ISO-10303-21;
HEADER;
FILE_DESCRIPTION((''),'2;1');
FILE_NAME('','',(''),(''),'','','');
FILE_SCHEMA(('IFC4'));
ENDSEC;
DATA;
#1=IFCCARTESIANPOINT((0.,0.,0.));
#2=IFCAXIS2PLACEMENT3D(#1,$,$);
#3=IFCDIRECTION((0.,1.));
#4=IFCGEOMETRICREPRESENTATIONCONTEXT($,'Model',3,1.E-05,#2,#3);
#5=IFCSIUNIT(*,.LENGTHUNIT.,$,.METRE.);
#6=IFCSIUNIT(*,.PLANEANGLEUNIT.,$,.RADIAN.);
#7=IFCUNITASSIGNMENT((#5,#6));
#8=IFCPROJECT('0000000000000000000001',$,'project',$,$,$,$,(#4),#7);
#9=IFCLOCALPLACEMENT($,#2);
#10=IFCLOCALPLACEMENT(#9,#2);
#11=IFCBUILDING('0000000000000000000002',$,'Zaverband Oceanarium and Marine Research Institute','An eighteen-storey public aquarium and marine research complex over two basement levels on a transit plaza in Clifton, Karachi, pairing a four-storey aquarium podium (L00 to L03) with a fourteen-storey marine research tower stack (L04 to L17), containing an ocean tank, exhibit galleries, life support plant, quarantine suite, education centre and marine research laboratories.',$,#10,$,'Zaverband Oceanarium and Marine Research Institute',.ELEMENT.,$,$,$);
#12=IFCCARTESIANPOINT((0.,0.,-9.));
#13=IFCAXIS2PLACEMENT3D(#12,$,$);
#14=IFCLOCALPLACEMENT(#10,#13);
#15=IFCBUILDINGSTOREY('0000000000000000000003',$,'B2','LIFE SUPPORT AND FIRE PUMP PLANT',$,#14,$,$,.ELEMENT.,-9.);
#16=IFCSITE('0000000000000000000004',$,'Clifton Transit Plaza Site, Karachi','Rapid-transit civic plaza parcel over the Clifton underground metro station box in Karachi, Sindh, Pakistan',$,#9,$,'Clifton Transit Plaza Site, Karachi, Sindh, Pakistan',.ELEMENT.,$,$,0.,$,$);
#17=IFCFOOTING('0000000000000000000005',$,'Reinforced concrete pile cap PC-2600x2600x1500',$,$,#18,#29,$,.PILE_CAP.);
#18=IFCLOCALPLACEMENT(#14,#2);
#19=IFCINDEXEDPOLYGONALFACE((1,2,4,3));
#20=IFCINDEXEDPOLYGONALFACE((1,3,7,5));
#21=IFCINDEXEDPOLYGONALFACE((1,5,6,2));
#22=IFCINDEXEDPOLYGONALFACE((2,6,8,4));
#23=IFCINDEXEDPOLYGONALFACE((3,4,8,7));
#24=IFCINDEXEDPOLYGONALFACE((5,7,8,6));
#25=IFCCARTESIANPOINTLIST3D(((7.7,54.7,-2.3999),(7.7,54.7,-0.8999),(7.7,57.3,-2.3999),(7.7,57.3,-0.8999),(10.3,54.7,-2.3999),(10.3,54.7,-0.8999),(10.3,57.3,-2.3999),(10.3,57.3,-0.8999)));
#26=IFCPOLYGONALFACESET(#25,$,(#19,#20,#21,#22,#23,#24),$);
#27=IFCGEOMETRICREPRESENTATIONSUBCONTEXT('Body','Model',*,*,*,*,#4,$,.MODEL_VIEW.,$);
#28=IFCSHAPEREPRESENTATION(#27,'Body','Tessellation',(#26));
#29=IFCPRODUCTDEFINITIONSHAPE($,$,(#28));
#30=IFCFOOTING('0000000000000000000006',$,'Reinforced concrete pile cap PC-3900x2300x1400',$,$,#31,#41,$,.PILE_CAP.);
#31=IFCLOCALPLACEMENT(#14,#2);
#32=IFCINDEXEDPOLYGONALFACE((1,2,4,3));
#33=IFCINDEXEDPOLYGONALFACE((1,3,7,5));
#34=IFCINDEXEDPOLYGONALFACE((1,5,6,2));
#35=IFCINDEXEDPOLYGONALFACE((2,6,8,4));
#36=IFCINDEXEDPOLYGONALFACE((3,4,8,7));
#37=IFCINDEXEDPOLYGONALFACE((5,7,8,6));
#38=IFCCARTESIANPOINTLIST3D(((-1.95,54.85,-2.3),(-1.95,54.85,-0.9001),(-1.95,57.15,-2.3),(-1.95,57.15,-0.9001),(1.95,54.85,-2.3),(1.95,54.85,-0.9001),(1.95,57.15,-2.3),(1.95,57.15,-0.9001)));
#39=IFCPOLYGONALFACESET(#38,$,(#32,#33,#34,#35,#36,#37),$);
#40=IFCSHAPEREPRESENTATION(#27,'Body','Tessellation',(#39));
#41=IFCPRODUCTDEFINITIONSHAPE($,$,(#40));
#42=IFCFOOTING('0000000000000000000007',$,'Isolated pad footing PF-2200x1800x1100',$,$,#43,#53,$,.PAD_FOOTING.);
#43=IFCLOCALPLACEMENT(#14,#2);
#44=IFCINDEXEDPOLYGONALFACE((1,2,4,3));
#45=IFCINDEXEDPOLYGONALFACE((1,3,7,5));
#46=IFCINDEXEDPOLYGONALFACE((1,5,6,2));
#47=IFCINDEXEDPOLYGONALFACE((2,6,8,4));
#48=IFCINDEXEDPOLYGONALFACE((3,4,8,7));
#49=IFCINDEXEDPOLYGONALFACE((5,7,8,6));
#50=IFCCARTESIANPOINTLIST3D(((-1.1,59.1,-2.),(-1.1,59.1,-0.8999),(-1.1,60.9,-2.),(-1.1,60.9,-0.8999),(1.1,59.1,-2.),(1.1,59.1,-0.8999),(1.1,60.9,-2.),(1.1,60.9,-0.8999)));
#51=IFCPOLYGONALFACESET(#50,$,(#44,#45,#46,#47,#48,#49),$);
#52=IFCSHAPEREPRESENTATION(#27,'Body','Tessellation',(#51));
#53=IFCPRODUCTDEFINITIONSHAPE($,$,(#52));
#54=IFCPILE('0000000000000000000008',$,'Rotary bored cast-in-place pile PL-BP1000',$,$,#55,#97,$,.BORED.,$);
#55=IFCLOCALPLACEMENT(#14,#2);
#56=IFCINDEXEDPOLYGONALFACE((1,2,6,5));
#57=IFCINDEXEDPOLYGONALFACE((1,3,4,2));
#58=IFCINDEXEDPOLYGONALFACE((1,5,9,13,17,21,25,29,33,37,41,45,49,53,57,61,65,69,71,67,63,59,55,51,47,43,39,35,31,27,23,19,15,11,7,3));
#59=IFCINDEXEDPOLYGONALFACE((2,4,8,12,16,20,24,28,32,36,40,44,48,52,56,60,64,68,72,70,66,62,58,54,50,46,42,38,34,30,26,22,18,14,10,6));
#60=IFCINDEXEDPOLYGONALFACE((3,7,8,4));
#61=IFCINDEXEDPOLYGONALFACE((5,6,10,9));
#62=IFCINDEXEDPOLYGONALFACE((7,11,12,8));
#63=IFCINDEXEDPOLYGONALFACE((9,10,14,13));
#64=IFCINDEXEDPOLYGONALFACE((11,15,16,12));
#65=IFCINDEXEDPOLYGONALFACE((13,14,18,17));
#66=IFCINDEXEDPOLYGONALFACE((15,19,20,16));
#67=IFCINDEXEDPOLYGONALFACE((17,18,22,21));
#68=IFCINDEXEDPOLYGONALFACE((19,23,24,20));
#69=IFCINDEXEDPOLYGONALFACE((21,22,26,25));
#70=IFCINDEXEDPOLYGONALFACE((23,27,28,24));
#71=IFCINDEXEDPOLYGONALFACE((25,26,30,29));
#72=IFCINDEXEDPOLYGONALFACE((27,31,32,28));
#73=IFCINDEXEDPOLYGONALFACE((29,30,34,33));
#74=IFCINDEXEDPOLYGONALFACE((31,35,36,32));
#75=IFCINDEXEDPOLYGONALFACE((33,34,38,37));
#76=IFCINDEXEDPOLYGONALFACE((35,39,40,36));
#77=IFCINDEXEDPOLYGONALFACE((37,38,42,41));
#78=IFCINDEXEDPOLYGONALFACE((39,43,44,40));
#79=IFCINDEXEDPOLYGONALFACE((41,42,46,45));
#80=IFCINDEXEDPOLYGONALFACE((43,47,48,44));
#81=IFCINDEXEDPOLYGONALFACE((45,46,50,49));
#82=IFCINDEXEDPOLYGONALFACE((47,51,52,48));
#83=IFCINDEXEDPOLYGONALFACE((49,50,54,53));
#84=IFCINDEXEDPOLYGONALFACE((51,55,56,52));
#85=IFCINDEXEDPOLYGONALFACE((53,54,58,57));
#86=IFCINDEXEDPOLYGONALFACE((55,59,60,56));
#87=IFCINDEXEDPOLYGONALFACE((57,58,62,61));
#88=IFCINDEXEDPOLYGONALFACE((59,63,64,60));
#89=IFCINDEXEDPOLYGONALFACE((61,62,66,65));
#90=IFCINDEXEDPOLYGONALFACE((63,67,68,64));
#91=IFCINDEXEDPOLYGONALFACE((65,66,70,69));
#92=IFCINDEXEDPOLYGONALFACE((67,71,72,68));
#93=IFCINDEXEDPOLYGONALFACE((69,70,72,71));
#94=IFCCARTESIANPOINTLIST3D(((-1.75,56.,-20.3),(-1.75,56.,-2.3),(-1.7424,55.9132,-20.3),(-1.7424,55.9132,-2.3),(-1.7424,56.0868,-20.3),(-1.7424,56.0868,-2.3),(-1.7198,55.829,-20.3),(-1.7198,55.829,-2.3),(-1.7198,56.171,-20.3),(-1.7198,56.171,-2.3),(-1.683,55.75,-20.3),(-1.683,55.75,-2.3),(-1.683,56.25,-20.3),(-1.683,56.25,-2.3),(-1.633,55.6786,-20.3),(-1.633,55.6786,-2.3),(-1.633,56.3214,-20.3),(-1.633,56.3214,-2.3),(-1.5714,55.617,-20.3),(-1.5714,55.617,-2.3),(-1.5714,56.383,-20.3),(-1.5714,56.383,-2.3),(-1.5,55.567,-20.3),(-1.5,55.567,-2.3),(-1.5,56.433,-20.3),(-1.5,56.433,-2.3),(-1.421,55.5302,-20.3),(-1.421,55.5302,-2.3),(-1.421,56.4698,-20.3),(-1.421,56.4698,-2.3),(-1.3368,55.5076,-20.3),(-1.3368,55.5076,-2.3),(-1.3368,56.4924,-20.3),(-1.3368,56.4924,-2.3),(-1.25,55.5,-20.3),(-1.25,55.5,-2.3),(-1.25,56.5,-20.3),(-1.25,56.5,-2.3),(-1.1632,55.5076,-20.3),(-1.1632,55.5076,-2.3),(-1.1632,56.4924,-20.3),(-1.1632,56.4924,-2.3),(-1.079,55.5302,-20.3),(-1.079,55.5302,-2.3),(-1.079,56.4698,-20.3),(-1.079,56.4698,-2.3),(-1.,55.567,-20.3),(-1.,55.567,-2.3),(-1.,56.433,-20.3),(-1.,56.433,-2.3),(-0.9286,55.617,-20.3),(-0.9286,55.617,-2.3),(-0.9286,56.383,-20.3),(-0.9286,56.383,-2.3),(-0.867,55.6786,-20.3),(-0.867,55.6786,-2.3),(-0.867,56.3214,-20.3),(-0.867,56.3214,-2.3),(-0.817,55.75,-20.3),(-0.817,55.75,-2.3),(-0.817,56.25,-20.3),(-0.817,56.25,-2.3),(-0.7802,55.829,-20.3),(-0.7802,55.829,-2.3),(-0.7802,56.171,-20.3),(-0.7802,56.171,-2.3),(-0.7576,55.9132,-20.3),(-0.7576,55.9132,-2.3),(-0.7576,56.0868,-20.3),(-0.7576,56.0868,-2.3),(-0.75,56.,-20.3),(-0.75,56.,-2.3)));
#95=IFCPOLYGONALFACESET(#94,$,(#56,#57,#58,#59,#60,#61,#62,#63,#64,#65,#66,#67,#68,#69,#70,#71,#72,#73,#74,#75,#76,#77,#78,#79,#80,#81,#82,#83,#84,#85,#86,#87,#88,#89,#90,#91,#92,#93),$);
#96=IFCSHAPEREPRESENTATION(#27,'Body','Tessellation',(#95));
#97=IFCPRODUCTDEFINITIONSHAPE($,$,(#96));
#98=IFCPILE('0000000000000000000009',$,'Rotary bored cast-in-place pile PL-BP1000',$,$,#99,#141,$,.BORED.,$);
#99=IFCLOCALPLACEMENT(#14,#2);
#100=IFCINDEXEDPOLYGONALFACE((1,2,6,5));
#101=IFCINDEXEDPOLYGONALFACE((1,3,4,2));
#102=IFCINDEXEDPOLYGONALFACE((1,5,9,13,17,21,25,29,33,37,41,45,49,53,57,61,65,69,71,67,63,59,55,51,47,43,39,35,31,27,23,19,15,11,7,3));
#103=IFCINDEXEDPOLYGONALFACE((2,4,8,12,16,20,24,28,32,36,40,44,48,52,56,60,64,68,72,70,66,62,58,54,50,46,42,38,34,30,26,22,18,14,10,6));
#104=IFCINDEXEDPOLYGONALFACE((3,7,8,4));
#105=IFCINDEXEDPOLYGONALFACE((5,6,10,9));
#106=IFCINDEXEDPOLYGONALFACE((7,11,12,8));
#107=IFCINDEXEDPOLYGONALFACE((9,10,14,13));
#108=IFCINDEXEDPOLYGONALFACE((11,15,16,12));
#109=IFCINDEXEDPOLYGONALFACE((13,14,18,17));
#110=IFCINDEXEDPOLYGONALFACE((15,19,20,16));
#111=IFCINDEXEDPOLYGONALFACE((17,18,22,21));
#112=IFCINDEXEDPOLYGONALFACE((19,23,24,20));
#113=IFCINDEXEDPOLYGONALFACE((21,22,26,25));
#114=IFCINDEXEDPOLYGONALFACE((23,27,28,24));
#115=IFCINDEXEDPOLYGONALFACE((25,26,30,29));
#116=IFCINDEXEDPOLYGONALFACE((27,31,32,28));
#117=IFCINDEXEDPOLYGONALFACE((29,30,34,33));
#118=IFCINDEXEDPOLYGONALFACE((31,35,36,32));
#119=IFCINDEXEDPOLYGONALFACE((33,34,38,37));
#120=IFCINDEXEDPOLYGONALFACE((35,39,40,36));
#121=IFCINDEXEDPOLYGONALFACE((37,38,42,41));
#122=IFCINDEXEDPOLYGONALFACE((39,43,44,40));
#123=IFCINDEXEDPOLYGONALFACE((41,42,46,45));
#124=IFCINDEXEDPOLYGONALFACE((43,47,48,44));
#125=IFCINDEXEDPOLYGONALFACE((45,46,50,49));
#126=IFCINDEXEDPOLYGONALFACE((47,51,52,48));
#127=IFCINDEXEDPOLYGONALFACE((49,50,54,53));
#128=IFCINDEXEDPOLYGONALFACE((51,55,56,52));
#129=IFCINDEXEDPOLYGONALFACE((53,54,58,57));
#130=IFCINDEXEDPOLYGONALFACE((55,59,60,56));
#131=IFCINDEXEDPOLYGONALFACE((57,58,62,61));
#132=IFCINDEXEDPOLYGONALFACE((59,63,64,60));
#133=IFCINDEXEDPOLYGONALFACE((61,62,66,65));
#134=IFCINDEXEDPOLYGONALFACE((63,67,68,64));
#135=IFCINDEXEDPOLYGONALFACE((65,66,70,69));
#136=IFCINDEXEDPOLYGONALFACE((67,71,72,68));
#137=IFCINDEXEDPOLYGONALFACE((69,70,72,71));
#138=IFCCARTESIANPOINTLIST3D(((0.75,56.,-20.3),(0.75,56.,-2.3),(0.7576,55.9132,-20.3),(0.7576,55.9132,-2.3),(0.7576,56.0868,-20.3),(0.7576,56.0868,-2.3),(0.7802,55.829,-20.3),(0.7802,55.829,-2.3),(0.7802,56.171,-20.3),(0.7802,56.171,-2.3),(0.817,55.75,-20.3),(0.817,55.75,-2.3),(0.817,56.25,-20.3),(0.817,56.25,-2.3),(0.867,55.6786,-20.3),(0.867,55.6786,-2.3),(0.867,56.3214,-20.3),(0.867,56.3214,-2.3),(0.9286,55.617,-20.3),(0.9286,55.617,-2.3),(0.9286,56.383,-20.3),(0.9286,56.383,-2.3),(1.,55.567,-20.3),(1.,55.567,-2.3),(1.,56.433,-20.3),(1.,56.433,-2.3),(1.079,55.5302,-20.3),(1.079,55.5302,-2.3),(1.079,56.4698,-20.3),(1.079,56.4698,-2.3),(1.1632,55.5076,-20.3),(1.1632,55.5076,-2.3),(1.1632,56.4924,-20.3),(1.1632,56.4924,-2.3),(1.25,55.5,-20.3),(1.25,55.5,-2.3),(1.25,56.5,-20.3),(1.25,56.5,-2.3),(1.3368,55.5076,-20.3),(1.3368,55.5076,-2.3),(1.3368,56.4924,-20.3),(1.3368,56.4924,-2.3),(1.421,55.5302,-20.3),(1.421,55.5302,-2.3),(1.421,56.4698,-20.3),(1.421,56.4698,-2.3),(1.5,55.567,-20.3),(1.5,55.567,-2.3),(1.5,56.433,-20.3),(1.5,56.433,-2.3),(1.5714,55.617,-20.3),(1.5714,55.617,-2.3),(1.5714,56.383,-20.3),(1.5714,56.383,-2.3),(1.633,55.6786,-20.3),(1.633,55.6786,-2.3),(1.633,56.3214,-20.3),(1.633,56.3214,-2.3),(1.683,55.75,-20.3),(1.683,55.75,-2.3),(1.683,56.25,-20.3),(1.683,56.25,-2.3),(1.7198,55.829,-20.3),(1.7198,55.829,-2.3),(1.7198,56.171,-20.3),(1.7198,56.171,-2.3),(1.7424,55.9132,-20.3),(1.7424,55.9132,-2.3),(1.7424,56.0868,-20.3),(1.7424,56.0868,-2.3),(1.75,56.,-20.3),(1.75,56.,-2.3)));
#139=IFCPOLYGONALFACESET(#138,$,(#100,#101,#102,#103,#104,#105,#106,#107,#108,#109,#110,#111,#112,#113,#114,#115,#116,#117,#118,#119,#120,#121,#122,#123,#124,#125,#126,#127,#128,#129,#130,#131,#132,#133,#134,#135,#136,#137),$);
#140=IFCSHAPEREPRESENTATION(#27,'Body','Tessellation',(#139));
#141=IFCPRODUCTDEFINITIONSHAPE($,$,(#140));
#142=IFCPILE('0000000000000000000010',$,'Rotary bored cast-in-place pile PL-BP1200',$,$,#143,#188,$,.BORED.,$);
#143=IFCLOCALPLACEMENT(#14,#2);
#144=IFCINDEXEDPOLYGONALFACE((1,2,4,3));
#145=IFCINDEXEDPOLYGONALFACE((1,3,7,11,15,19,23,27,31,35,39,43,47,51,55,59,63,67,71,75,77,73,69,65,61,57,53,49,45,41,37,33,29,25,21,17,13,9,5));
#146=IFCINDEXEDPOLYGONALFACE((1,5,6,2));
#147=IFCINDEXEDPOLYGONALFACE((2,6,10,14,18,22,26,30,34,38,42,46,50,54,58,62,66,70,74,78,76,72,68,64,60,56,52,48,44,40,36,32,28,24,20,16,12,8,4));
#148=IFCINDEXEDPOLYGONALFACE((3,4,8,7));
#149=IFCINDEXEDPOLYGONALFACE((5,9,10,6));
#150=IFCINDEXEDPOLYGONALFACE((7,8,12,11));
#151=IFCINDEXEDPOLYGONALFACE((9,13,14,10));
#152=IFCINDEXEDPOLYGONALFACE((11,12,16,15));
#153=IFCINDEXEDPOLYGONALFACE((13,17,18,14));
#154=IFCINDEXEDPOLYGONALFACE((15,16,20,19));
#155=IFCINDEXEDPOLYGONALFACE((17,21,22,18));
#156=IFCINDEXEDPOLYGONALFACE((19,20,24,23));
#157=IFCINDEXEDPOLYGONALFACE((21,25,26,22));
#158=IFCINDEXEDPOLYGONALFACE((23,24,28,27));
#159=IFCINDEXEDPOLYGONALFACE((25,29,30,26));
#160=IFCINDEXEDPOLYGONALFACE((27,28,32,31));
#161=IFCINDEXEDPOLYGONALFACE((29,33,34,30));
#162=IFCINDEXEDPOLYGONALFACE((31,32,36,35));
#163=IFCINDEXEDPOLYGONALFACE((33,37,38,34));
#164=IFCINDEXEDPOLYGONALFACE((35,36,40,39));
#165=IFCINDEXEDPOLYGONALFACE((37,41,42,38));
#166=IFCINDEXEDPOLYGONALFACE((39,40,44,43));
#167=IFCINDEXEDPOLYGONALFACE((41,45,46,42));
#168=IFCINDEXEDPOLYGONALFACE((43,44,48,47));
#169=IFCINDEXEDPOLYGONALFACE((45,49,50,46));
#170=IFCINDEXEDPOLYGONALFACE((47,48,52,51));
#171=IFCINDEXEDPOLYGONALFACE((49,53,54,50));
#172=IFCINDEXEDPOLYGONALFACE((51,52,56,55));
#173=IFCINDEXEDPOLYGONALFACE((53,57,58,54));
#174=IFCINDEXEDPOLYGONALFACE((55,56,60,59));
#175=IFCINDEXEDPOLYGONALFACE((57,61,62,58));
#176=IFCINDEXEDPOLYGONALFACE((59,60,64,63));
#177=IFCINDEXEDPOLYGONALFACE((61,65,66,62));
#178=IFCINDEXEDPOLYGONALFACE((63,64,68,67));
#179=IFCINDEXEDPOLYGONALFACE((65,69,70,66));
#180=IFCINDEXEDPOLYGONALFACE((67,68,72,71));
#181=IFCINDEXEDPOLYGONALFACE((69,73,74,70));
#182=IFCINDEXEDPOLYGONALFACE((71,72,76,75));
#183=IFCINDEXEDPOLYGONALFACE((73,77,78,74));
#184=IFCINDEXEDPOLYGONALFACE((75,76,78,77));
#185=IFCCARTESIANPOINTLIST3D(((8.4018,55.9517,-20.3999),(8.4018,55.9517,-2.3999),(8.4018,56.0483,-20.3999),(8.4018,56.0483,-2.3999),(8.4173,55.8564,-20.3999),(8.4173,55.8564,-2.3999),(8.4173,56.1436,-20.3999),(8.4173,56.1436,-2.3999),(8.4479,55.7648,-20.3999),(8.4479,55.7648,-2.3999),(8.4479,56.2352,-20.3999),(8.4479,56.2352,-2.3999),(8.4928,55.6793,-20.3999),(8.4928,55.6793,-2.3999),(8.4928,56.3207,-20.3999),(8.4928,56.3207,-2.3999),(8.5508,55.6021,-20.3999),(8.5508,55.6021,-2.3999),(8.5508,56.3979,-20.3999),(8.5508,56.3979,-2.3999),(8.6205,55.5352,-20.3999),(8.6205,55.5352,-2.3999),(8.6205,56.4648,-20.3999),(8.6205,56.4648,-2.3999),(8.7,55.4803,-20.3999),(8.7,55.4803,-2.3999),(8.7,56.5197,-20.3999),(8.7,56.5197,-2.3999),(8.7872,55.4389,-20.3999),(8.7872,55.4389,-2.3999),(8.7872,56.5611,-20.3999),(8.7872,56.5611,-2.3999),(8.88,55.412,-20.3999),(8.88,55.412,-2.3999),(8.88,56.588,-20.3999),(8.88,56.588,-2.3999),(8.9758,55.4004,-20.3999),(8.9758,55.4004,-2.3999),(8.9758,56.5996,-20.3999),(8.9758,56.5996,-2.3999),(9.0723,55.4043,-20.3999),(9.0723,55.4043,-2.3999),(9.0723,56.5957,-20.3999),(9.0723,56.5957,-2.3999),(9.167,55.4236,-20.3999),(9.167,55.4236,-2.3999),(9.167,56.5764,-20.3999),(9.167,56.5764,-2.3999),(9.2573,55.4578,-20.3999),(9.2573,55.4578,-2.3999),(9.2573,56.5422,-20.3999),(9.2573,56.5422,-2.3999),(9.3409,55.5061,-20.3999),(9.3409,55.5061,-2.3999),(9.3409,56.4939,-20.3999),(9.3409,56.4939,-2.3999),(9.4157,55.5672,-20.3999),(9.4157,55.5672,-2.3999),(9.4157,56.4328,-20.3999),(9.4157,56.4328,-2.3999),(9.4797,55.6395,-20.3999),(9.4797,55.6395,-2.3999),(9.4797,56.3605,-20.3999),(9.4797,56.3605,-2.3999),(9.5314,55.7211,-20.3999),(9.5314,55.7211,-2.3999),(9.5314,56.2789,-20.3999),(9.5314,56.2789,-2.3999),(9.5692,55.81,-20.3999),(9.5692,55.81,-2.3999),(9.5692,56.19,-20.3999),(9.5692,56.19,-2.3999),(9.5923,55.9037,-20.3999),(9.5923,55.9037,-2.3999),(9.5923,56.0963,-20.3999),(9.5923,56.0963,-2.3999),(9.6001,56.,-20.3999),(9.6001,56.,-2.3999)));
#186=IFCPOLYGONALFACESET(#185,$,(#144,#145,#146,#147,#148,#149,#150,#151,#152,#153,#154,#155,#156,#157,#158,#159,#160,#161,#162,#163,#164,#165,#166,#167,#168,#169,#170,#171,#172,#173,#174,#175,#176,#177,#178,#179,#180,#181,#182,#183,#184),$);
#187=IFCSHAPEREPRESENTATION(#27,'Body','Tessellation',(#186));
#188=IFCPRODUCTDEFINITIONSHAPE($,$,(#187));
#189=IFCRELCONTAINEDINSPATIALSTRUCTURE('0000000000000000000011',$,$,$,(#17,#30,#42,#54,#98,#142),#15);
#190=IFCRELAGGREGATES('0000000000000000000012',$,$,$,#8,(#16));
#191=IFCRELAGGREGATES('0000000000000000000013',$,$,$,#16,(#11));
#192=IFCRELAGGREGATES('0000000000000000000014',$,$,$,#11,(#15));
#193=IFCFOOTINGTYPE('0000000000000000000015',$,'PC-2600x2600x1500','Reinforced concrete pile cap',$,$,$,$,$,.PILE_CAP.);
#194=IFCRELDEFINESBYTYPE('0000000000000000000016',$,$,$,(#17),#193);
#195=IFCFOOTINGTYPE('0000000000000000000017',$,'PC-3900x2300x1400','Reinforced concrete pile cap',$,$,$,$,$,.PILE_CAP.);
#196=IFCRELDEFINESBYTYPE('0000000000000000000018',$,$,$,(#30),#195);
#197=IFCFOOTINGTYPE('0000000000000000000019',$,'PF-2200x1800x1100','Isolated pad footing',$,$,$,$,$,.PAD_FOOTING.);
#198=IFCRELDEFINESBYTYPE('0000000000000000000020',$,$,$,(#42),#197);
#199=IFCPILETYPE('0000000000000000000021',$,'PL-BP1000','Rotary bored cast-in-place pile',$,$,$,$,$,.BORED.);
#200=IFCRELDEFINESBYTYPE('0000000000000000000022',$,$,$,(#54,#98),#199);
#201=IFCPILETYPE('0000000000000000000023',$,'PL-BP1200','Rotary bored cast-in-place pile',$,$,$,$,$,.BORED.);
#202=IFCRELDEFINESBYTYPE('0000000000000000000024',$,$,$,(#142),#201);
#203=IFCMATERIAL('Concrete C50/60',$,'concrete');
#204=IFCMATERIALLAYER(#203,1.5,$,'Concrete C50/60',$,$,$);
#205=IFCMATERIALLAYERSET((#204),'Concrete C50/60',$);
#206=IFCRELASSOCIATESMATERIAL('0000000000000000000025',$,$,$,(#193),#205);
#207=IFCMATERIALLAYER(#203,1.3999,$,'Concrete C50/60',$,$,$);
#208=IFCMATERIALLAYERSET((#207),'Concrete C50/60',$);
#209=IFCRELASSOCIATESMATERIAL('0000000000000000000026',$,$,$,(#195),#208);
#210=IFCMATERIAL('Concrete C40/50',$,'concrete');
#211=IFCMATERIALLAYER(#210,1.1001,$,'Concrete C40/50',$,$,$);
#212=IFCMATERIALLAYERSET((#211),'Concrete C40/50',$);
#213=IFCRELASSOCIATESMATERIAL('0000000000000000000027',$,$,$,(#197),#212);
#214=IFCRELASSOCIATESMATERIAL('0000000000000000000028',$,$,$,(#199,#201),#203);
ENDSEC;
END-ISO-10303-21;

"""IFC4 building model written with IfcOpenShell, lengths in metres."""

from ifc_helpers import new_model, si_unit, direction, frame, origin, origin_2d, place, context, subcontext, project, spatial, rectangle, circle, extrude, material, layer, layer_set, material_profile, profile_set, type_object, element, save


model = new_model("IFC4")

# Units and contexts
model_context = context("Model", 3, precision=1e-05, world=origin(), true_north=direction((0.0, 1.0)))
body_context = subcontext(model_context, "Body", "Model", "MODEL_VIEW")
ifc_project = project(units=[si_unit("LENGTHUNIT", "METRE"), si_unit("PLANEANGLEUNIT", "RADIAN")], contexts=[model_context])

# Site, building, storey
site_placement = place(None, origin())
site = spatial("IfcSite", under=ifc_project, at=site_placement, Name="Clifton Transit Plaza Site, Karachi", Description="Rapid-transit civic plaza parcel over the Clifton underground metro station box in Karachi, Sindh, Pakistan", LongName="Clifton Transit Plaza Site, Karachi, Sindh, Pakistan", CompositionType="ELEMENT", RefElevation=0.0)
building_placement = place(site_placement, origin())
building = spatial("IfcBuilding", under=site, at=building_placement, Name="Zaverband Oceanarium and Marine Research Institute", Description="An eighteen-storey public aquarium and marine research complex over two basement levels on a transit plaza in Clifton, Karachi, pairing a four-storey aquarium podium (L00 to L03) with a fourteen-storey marine research tower stack (L04 to L17), containing an ocean tank, exhibit galleries, life support plant, quarantine suite, education centre and marine research laboratories.", LongName="Zaverband Oceanarium and Marine Research Institute", CompositionType="ELEMENT")
storey_placement = place(building_placement, frame((0.0, 0.0, -9.0)))
storey = spatial("IfcBuildingStorey", under=building, at=storey_placement, Name="B2", Description="LIFE SUPPORT AND FIRE PUMP PLANT", CompositionType="ELEMENT", Elevation=-9.0)

# Footings
ifc_material_1 = material(Name="Concrete C50/60", Category="concrete")
ifc_layer_1 = layer(ifc_material_1, 1.5, Name="Concrete C50/60")
ifc_layer_set_1 = layer_set([ifc_layer_1], Name="Concrete C50/60")
footing_type_1 = type_object("IfcFootingType", Name="PC-2600x2600x1500", Description="Reinforced concrete pile cap", PredefinedType="PILE_CAP", material=ifc_layer_set_1)
footing_1_placement = place(storey_placement, frame((9.0, 56.0, -2.3999), z_axis=(0.0, 0.0, 1.0), x_axis=(1.0, 0.0, 0.0)))
element("IfcFooting", 1, at=footing_1_placement, inside=storey, type_object=footing_type_1, Name="Reinforced concrete pile cap PC-2600x2600x1500", PredefinedType="PILE_CAP", context=body_context, shape_type="SweptSolid", body=[
    extrude(rectangle(XDim=2.6001, YDim=2.6001, at=origin_2d()), origin(), (0.0, 0.0, 1.0), 1.5),
])
ifc_layer_2 = layer(ifc_material_1, 1.3999, Name="Concrete C50/60")
ifc_layer_set_2 = layer_set([ifc_layer_2], Name="Concrete C50/60")
footing_type_2 = type_object("IfcFootingType", Name="PC-3900x2300x1400", Description="Reinforced concrete pile cap", PredefinedType="PILE_CAP", material=ifc_layer_set_2)
footing_2_placement = place(storey_placement, frame((0.0, 56.0, -2.3), z_axis=(0.0, 0.0, 1.0), x_axis=(1.0, 0.0, 0.0)))
element("IfcFooting", 2, at=footing_2_placement, inside=storey, type_object=footing_type_2, Name="Reinforced concrete pile cap PC-3900x2300x1400", PredefinedType="PILE_CAP", context=body_context, shape_type="SweptSolid", body=[
    extrude(rectangle(XDim=3.8999, YDim=2.3, at=origin_2d()), origin(), (0.0, 0.0, 1.0), 1.3999),
])
ifc_material_2 = material(Name="Concrete C40/50", Category="concrete")
ifc_layer_3 = layer(ifc_material_2, 1.1001, Name="Concrete C40/50")
ifc_layer_set_3 = layer_set([ifc_layer_3], Name="Concrete C40/50")
footing_type_3 = type_object("IfcFootingType", Name="PF-2200x1800x1100", Description="Isolated pad footing", PredefinedType="PAD_FOOTING", material=ifc_layer_set_3)
footing_3_placement = place(storey_placement, frame((0.0, 60.0, -2.0), z_axis=(0.0, 0.0, 1.0), x_axis=(1.0, 0.0, 0.0)))
element("IfcFooting", 3, at=footing_3_placement, inside=storey, type_object=footing_type_3, Name="Isolated pad footing PF-2200x1800x1100", PredefinedType="PAD_FOOTING", context=body_context, shape_type="SweptSolid", body=[
    extrude(rectangle(XDim=2.2, YDim=1.8, at=origin_2d()), origin(), (0.0, 0.0, 1.0), 1.1001),
])

# Piles
ifc_material_profile_1 = material_profile(ifc_material_1, circle(Radius=0.5, at=origin_2d()), Name="BP1000")
ifc_profile_set_1 = profile_set([ifc_material_profile_1], Name="Concrete C50/60")
pile_type_1 = type_object("IfcPileType", Name="PL-BP1000", Description="Rotary bored cast-in-place pile", PredefinedType="BORED", material=ifc_profile_set_1)
for number, where, z_axis, x_axis, name in (
    (4, (-1.25, 56.0, -2.3), (0.0, 0.0, -1.0), (1.0, 0.0, 0.0), "Rotary bored cast-in-place pile PL-BP1000"),
    (5, (1.25, 56.0, -2.3), (0.0, 0.0, -1.0), (1.0, 0.0, 0.0), "Rotary bored cast-in-place pile PL-BP1000"),
):
    element("IfcPile", number, at=place(storey_placement, frame(where, z_axis=z_axis, x_axis=x_axis)), inside=storey, type_object=pile_type_1, Name=name, PredefinedType="BORED", context=body_context, shape_type="SweptSolid", body=[
        extrude(circle(Radius=0.5, at=origin_2d()), origin(), (0.0, 0.0, 1.0), 18.0),
    ])
ifc_material_profile_2 = material_profile(ifc_material_1, circle(Radius=0.6001, at=origin_2d()), Name="BP1200")
ifc_profile_set_2 = profile_set([ifc_material_profile_2], Name="Concrete C50/60")
pile_type_2 = type_object("IfcPileType", Name="PL-BP1200", Description="Rotary bored cast-in-place pile", PredefinedType="BORED", material=ifc_profile_set_2)
for number, where, z_axis, x_axis, name in (
    (6, (9.0, 56.0, -2.3999), (0.0, 0.0, -1.0), (1.0, 0.0, 0.0), "Rotary bored cast-in-place pile PL-BP1200"),
):
    element("IfcPile", number, at=place(storey_placement, frame(where, z_axis=z_axis, x_axis=x_axis)), inside=storey, type_object=pile_type_2, Name=name, PredefinedType="BORED", context=body_context, shape_type="SweptSolid", body=[
        extrude(circle(Radius=0.6001, at=origin_2d()), origin(), (0.0, 0.0, 1.0), 18.0),
    ])

save(model, "model.ifc")
